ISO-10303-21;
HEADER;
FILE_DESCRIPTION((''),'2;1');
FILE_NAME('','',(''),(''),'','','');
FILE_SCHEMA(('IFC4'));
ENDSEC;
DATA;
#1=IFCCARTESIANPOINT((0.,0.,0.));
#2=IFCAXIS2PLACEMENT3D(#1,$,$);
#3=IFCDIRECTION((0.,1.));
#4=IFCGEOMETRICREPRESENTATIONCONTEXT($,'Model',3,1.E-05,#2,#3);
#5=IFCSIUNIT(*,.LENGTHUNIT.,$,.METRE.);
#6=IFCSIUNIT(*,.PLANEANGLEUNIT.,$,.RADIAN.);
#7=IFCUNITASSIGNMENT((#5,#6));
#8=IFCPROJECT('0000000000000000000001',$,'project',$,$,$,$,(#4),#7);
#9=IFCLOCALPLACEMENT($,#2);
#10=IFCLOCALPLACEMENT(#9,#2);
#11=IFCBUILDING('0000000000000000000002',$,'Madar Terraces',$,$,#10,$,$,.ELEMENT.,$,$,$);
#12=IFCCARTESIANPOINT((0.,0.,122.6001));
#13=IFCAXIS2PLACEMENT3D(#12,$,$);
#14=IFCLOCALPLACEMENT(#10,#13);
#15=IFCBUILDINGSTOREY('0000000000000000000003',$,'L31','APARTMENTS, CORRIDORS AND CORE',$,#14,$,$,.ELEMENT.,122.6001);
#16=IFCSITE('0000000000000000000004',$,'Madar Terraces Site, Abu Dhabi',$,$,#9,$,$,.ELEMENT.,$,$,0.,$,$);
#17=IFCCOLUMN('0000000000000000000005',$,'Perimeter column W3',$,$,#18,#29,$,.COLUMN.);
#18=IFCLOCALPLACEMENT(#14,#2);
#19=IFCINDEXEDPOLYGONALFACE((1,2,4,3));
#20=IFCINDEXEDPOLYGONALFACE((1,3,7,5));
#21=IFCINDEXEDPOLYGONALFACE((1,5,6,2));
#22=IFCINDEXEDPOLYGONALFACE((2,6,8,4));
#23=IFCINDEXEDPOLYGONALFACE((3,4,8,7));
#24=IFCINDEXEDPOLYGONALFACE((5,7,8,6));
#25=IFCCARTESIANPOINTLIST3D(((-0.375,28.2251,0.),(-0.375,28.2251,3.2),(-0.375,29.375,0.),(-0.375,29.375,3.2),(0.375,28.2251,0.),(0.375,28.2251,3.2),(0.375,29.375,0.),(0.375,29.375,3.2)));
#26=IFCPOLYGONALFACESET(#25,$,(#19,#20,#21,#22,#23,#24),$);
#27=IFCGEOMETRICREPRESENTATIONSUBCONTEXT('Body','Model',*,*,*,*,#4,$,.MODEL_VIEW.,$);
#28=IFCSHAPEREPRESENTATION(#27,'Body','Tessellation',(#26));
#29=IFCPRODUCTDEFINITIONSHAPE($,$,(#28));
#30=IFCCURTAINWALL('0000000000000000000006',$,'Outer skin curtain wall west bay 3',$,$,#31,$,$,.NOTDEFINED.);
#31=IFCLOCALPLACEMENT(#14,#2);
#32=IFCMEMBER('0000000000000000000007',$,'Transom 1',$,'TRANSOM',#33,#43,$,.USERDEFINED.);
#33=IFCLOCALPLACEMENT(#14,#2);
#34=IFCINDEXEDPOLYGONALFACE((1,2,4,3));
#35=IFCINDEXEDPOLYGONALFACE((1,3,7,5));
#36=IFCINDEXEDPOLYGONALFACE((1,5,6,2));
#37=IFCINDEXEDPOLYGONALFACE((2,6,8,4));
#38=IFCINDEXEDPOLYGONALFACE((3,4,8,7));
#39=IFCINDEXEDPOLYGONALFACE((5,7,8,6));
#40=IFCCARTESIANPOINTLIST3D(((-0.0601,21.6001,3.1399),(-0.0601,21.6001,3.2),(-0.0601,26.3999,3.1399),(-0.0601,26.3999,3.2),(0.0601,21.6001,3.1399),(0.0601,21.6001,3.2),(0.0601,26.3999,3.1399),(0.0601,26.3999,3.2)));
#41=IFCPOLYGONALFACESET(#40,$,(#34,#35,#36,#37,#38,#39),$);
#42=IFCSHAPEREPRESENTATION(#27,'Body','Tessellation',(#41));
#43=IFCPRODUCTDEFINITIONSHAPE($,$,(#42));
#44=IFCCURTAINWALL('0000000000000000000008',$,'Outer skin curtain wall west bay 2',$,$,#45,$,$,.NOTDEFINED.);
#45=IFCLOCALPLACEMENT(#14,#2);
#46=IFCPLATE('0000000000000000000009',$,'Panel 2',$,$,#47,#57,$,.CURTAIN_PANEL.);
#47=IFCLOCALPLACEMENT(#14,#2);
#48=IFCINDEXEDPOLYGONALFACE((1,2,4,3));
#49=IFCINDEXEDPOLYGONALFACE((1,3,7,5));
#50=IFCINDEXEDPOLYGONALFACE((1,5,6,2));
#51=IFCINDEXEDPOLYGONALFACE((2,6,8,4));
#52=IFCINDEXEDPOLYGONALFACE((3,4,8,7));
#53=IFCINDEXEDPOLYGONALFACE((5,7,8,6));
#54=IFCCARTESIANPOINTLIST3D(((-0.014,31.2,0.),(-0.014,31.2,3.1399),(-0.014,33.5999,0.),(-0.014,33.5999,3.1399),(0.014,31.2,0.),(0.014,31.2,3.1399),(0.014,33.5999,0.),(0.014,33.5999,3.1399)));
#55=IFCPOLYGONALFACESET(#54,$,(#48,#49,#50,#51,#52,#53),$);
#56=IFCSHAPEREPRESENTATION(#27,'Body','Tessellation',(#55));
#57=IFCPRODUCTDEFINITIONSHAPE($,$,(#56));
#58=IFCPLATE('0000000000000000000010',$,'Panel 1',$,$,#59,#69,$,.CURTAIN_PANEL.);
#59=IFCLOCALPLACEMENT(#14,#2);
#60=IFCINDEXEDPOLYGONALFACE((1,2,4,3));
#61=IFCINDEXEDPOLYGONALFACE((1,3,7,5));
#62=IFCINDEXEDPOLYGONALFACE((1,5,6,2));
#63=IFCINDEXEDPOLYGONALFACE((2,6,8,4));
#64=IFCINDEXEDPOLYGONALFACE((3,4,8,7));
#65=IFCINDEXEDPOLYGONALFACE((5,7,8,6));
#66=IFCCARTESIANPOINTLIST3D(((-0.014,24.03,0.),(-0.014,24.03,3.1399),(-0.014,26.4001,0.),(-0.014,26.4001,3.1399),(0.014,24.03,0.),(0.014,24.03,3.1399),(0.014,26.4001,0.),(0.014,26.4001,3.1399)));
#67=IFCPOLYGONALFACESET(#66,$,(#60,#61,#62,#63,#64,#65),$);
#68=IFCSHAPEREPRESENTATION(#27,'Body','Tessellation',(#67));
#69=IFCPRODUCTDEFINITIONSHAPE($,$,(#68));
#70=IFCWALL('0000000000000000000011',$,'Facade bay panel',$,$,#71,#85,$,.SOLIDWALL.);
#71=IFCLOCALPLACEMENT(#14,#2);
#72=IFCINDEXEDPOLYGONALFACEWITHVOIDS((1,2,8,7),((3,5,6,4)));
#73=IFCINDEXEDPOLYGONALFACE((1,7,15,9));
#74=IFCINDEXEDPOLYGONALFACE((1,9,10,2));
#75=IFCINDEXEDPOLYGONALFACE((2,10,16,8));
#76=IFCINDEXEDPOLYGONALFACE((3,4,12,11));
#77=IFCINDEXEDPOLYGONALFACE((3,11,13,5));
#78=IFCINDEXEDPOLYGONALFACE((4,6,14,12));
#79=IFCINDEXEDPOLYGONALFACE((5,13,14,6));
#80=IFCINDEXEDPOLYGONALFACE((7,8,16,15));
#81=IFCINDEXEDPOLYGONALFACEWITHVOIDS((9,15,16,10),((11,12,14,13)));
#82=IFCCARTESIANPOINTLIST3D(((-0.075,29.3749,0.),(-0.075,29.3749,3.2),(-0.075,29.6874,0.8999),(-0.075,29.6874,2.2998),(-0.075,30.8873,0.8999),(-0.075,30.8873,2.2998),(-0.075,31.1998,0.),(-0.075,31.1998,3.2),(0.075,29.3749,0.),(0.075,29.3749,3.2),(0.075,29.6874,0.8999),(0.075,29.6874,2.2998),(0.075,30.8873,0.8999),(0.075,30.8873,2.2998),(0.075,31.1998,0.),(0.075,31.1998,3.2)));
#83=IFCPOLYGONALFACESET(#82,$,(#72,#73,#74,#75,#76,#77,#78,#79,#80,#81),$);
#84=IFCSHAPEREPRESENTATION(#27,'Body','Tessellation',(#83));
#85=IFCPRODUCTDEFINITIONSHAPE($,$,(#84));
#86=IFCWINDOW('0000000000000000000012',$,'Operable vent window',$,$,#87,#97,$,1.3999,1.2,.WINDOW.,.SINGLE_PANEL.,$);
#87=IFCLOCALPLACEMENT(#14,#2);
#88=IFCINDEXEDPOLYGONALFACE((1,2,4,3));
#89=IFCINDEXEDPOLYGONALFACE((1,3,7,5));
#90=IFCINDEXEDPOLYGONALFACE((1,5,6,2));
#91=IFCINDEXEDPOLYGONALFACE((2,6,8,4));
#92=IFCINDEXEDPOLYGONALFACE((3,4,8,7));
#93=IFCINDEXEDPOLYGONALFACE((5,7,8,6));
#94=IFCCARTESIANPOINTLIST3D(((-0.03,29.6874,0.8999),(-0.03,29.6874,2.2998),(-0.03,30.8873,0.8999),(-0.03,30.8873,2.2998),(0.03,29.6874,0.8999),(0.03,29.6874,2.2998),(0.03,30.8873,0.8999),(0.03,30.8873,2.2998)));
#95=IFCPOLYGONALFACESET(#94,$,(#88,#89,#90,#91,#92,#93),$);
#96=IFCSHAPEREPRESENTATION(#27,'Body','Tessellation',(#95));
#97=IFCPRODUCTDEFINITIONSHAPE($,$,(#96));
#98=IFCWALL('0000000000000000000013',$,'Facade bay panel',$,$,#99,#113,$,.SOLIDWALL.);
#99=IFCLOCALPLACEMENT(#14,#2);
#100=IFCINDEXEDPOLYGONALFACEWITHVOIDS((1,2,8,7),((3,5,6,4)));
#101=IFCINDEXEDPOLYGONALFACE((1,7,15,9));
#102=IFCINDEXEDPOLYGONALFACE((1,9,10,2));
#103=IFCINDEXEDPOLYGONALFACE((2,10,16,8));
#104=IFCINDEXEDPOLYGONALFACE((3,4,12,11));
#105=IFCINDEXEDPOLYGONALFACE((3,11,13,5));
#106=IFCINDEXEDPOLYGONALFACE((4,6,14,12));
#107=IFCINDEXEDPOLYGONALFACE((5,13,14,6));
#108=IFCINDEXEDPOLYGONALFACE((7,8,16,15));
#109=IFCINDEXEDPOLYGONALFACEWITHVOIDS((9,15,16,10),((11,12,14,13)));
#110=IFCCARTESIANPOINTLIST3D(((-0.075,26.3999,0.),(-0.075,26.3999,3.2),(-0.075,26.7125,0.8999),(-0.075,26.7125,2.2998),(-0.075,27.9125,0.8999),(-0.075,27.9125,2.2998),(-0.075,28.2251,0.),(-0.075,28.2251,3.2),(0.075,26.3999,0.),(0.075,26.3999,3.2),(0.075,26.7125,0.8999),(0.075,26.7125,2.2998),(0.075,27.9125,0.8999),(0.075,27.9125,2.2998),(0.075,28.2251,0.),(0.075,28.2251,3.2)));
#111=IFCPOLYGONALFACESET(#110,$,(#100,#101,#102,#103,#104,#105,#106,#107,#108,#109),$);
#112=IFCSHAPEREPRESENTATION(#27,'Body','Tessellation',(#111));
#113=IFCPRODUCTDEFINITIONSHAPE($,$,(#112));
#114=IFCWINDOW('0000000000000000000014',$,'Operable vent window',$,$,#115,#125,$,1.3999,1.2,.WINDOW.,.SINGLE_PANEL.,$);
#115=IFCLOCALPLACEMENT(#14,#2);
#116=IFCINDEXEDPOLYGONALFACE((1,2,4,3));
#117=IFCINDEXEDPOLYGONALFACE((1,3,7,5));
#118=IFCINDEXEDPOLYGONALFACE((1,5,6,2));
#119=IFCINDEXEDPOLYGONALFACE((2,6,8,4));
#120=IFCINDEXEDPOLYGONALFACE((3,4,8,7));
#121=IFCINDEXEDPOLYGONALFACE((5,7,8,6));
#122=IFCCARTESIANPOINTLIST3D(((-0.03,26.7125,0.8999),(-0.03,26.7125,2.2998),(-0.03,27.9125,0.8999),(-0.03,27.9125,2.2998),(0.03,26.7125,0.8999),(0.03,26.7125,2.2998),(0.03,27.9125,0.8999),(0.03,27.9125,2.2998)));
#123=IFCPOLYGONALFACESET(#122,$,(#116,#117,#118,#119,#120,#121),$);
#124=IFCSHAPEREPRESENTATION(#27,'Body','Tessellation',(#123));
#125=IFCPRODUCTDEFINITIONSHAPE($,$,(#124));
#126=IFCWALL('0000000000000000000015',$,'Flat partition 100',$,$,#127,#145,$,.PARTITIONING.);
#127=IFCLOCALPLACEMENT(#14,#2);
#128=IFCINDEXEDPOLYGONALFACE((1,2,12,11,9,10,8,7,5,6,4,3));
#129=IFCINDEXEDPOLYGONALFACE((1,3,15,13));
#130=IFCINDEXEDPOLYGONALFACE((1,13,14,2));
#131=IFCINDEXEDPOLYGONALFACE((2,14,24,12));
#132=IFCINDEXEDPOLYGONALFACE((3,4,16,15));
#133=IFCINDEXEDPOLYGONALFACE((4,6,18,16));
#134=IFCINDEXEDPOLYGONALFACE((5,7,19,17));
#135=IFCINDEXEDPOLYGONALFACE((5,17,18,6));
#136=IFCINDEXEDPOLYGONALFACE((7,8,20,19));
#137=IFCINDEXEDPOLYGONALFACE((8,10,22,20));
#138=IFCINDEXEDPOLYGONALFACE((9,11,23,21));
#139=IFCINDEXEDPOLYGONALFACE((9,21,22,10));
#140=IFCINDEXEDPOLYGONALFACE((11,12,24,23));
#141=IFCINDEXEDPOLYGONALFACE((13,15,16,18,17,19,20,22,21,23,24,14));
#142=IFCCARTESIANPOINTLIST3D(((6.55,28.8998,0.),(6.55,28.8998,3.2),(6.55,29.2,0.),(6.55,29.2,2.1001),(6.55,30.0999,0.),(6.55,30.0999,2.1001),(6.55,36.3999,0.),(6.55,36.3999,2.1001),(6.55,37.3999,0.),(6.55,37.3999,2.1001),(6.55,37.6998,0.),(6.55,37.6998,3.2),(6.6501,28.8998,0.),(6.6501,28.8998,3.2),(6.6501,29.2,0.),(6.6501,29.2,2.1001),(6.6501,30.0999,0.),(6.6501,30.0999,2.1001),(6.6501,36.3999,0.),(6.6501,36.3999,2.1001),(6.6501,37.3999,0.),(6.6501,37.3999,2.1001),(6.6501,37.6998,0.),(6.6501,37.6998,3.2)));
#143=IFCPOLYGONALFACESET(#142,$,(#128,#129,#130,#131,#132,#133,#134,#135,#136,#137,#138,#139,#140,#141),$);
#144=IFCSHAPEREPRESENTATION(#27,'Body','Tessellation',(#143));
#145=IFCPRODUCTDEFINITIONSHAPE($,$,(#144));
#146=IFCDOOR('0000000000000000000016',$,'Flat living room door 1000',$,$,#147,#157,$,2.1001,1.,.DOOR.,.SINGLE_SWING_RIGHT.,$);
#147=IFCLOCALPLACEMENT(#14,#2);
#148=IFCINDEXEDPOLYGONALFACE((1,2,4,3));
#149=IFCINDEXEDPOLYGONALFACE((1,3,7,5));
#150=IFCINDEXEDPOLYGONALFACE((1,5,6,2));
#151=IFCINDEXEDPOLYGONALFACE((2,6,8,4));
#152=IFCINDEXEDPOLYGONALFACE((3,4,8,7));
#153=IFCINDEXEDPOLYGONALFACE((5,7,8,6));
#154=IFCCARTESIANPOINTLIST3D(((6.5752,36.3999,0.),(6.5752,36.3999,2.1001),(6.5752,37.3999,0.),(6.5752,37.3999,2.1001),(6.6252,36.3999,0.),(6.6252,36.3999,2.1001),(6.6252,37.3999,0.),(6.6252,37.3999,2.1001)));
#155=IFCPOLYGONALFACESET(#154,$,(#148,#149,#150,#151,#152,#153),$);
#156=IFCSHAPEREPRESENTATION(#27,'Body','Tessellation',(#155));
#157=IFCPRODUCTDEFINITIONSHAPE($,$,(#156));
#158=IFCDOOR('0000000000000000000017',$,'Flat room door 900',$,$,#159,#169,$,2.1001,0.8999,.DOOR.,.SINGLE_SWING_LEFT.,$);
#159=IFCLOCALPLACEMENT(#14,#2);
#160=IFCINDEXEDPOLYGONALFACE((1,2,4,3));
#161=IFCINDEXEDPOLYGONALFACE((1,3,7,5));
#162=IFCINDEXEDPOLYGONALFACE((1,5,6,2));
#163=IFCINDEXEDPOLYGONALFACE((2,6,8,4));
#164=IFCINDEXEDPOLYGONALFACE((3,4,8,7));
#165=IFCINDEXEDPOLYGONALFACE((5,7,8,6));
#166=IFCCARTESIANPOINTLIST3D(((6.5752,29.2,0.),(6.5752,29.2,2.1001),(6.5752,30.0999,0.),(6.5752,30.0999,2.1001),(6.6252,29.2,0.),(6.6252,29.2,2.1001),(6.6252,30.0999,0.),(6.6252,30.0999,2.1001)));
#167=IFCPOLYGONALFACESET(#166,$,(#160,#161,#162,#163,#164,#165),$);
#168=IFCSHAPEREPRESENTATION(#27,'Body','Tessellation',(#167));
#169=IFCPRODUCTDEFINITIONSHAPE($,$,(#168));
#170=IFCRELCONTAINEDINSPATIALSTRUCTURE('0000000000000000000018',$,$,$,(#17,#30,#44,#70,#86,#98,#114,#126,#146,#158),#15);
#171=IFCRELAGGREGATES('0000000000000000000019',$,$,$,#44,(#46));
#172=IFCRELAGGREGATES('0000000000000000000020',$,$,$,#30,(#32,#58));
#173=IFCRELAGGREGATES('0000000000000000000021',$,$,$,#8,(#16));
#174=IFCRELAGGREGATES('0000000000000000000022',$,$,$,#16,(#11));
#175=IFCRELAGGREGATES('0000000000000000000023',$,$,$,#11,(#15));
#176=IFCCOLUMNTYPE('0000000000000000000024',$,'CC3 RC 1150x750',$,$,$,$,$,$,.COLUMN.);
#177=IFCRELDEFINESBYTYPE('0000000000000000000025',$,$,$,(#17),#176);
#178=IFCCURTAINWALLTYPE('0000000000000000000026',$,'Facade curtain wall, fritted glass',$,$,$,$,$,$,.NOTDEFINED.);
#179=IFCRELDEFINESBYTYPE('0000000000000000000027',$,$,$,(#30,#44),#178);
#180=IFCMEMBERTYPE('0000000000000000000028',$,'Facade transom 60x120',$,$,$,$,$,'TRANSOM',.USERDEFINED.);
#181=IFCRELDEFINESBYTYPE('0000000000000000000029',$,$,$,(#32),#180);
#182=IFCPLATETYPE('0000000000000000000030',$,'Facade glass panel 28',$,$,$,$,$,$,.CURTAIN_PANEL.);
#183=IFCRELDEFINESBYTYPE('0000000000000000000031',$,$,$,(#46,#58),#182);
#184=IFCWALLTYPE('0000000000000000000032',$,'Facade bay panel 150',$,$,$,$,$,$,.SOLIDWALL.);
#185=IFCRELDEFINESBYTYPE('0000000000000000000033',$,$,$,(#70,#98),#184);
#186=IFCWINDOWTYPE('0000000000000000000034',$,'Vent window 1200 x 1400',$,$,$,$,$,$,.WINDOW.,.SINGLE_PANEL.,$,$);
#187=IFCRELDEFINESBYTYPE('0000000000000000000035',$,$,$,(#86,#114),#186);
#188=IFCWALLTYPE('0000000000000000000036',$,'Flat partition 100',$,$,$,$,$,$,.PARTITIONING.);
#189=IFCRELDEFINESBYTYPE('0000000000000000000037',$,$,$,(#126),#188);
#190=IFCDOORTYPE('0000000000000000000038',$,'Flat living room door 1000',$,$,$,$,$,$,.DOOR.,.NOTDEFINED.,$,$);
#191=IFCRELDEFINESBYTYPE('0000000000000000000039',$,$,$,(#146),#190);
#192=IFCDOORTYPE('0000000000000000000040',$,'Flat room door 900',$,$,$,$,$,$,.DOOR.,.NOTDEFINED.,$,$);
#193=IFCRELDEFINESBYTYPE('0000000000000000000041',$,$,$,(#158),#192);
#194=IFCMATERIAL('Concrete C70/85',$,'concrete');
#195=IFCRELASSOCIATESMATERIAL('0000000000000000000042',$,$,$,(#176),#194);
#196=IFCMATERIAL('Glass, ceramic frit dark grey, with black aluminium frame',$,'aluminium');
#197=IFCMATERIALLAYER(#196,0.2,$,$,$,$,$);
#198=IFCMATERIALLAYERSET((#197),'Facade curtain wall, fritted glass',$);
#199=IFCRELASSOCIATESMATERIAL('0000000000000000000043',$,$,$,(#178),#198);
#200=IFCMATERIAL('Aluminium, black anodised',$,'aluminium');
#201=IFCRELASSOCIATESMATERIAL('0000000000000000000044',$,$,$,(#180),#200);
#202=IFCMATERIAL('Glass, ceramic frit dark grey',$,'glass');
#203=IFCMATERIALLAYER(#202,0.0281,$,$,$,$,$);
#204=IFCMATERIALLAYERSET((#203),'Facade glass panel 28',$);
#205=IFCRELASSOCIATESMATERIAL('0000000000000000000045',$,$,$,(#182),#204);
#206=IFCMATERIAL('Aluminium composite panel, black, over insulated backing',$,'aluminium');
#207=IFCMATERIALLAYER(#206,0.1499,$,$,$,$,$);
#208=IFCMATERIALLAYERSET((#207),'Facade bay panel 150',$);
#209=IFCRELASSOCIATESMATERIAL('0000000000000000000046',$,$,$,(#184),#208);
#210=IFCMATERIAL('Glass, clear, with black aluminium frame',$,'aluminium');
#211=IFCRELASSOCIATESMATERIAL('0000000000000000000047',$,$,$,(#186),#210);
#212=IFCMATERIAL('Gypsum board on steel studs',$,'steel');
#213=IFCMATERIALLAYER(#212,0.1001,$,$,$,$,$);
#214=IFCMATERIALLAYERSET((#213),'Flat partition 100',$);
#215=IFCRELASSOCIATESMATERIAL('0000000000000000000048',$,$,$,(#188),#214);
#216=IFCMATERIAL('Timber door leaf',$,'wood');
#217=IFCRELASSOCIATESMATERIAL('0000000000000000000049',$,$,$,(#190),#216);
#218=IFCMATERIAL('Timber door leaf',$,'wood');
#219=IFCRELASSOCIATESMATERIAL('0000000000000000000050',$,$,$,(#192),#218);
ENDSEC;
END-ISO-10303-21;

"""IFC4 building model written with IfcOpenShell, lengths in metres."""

from ifc_helpers import new_model, si_unit, direction, frame, frame_2d, origin, origin_2d, place, context, subcontext, project, spatial, rectangle, extrude, material, layer, layer_set, material_profile, profile_set, type_object, element, fill, aggregate, save


model = new_model("IFC4")

# Units and contexts
model_context = context("Model", 3, precision=1e-05, world=origin(), true_north=direction((0.0, 1.0)))
body_context = subcontext(model_context, "Body", "Model", "MODEL_VIEW")
ifc_project = project(units=[si_unit("LENGTHUNIT", "METRE"), si_unit("PLANEANGLEUNIT", "RADIAN")], contexts=[model_context])

# Site, building, storey
site_placement = place(None, origin())
site = spatial("IfcSite", under=ifc_project, at=site_placement, Name="Madar Terraces Site, Abu Dhabi", CompositionType="ELEMENT", RefElevation=0.0)
building_placement = place(site_placement, origin())
building = spatial("IfcBuilding", under=site, at=building_placement, Name="Madar Terraces", CompositionType="ELEMENT")
storey_placement = place(building_placement, frame((0.0, 0.0, 122.6001)))
storey = spatial("IfcBuildingStorey", under=building, at=storey_placement, Name="L31", Description="APARTMENTS, CORRIDORS AND CORE", CompositionType="ELEMENT", Elevation=122.6001)

# Column
ifc_material_1 = material(Name="Concrete C70/85", Category="concrete")
ifc_material_profile_1 = material_profile(ifc_material_1, rectangle(XDim=1.1499, YDim=0.75, at=origin_2d()), Name="CC3 RC 1150x750")
ifc_profile_set_1 = profile_set([ifc_material_profile_1], Name="Concrete C70/85")
column_type = type_object("IfcColumnType", Name="CC3 RC 1150x750", PredefinedType="COLUMN", material=ifc_profile_set_1)
column_placement = place(storey_placement, frame((0.0, 28.8, 0.0), z_axis=(0.0, 0.0, 1.0), x_axis=(0.0, 1.0, 0.0)))
element("IfcColumn", 1, at=column_placement, inside=storey, type_object=column_type, Name="Perimeter column W3", PredefinedType="COLUMN", context=body_context, shape_type="SweptSolid", body=[
    extrude(rectangle(XDim=1.1499, YDim=0.75, at=origin_2d()), origin(), (0.0, 0.0, 1.0), 3.2),
])

# Curtain wall, member
ifc_material_2 = material(Name="Glass, ceramic frit dark grey, with black aluminium frame", Category="aluminium")
ifc_layer_1 = layer(ifc_material_2, 0.2)
ifc_layer_set_1 = layer_set([ifc_layer_1], Name="Facade curtain wall, fritted glass")
curtain_wall_type = type_object("IfcCurtainWallType", Name="Facade curtain wall, fritted glass", PredefinedType="NOTDEFINED", material=ifc_layer_set_1)
curtain_wall_1_placement = place(storey_placement, origin())
curtain_wall_1 = element("IfcCurtainWall", 2, at=curtain_wall_1_placement, inside=storey, type_object=curtain_wall_type, Name="Outer skin curtain wall west bay 3", PredefinedType="NOTDEFINED")
ifc_material_3 = material(Name="Aluminium, black anodised", Category="aluminium")
ifc_material_profile_2 = material_profile(ifc_material_3, rectangle(XDim=0.1201, YDim=0.0601, at=origin_2d()), Name="Facade transom 60x120")
ifc_profile_set_2 = profile_set([ifc_material_profile_2], Name="Aluminium, black anodised")
member_type = type_object("IfcMemberType", Name="Facade transom 60x120", ElementType="TRANSOM", PredefinedType="USERDEFINED", material=ifc_profile_set_2)
member_placement = place(storey_placement, frame((0.0, 26.3999, 3.1699), z_axis=(0.0, -1.0, 0.0), x_axis=(1.0, 0.0, 0.0)))
member = element("IfcMember", 3, at=member_placement, type_object=member_type, Name="Transom 1", ObjectType="TRANSOM", PredefinedType="USERDEFINED", context=body_context, shape_type="SweptSolid", body=[
    extrude(rectangle(XDim=0.1201, YDim=0.0601, at=origin_2d()), origin(), (0.0, 0.0, 1.0), 4.7998),
])

# Curtain wall, plate
curtain_wall_2_placement = place(storey_placement, origin())
curtain_wall_2 = element("IfcCurtainWall", 4, at=curtain_wall_2_placement, inside=storey, type_object=curtain_wall_type, Name="Outer skin curtain wall west bay 2", PredefinedType="NOTDEFINED")
ifc_material_4 = material(Name="Glass, ceramic frit dark grey", Category="glass")
ifc_layer_2 = layer(ifc_material_4, 0.0281)
ifc_layer_set_2 = layer_set([ifc_layer_2], Name="Facade glass panel 28")
plate_type = type_object("IfcPlateType", Name="Facade glass panel 28", PredefinedType="CURTAIN_PANEL", material=ifc_layer_set_2)
plate_1_placement = place(storey_placement, frame((0.0, 32.3999, 0.0), z_axis=(0.0, 0.0, 1.0), x_axis=(0.0, -1.0, 0.0)))
plate_1 = element("IfcPlate", 5, at=plate_1_placement, type_object=plate_type, Name="Panel 2", PredefinedType="CURTAIN_PANEL", context=body_context, shape_type="SweptSolid", body=[
    extrude(rectangle(XDim=2.3999, YDim=0.0281, at=origin_2d()), origin(), (0.0, 0.0, 1.0), 3.1399),
])
aggregate(curtain_wall_2, [plate_1])

# Plate
plate_2_placement = place(storey_placement, frame((0.0, 25.2151, 0.0), z_axis=(0.0, 0.0, 1.0), x_axis=(0.0, -1.0, 0.0)))
plate_2 = element("IfcPlate", 6, at=plate_2_placement, type_object=plate_type, Name="Panel 1", PredefinedType="CURTAIN_PANEL", context=body_context, shape_type="SweptSolid", body=[
    extrude(rectangle(XDim=2.3701, YDim=0.0281, at=origin_2d()), origin(), (0.0, 0.0, 1.0), 3.1399),
])
aggregate(curtain_wall_1, [member, plate_2])

# Walls, openings, windows
ifc_material_5 = material(Name="Aluminium composite panel, black, over insulated backing", Category="aluminium")
ifc_layer_3 = layer(ifc_material_5, 0.1499)
ifc_layer_set_3 = layer_set([ifc_layer_3], Name="Facade bay panel 150")
wall_type_1 = type_object("IfcWallType", Name="Facade bay panel 150", PredefinedType="SOLIDWALL", material=ifc_layer_set_3)
wall_1_placement = place(storey_placement, frame((0.0, 31.2, 0.0), z_axis=(0.0, 0.0, 1.0), x_axis=(0.0, -1.0, 0.0)))
wall_1 = element("IfcWall", 7, at=wall_1_placement, inside=storey, type_object=wall_type_1, Name="Facade bay panel", PredefinedType="SOLIDWALL", context=body_context, shape_type="SweptSolid", body=[
    extrude(rectangle(XDim=1.825, YDim=0.1499, at=frame_2d((0.9126, 0.0))), origin(), (0.0, 0.0, 1.0), 3.2),
])
opening_1_placement = place(wall_1_placement, frame((0.3125, 0.0, 0.8999)))
opening_1 = element("IfcOpeningElement", 8, at=opening_1_placement, cuts=wall_1, PredefinedType="OPENING", context=body_context, shape_type="SweptSolid", body=[
    extrude(rectangle(XDim=1.2, YDim=1.3999, at=frame_2d((0.6001, 0.7))), frame((0.0, 0.085, 0.0), z_axis=(0.0, -1.0, 0.0), x_axis=(1.0, 0.0, 0.0)), (0.0, 0.0, 1.0), 0.1699),
])
ifc_material_6 = material(Name="Glass, clear, with black aluminium frame", Category="aluminium")
window_type = type_object("IfcWindowType", Name="Vent window 1200 x 1400", PartitioningType="SINGLE_PANEL", PredefinedType="WINDOW", material=ifc_material_6)
window_1_placement = place(opening_1_placement, origin())
window_1 = element("IfcWindow", 9, at=window_1_placement, inside=storey, type_object=window_type, Name="Operable vent window", OverallHeight=1.3999, OverallWidth=1.2, PartitioningType="SINGLE_PANEL", PredefinedType="WINDOW", context=body_context, shape_type="SweptSolid", body=[
    extrude(rectangle(XDim=1.2, YDim=1.3999, at=frame_2d((0.6001, 0.7))), frame((0.0, 0.03, 0.0), z_axis=(0.0, -1.0, 0.0), x_axis=(1.0, 0.0, 0.0)), (0.0, 0.0, 1.0), 0.0601),
])
fill(opening_1, window_1)
wall_2_placement = place(storey_placement, frame((0.0, 28.2251, 0.0), z_axis=(0.0, 0.0, 1.0), x_axis=(0.0, -1.0, 0.0)))
wall_2 = element("IfcWall", 10, at=wall_2_placement, inside=storey, type_object=wall_type_1, Name="Facade bay panel", PredefinedType="SOLIDWALL", context=body_context, shape_type="SweptSolid", body=[
    extrude(rectangle(XDim=1.8252, YDim=0.1499, at=frame_2d((0.9126, 0.0))), origin(), (0.0, 0.0, 1.0), 3.2),
])
opening_2_placement = place(wall_2_placement, frame((0.3125, 0.0, 0.8999)))
opening_2 = element("IfcOpeningElement", 11, at=opening_2_placement, cuts=wall_2, PredefinedType="OPENING", context=body_context, shape_type="SweptSolid", body=[
    extrude(rectangle(XDim=1.2, YDim=1.3999, at=frame_2d((0.6001, 0.7))), frame((0.0, 0.085, 0.0), z_axis=(0.0, -1.0, 0.0), x_axis=(1.0, 0.0, 0.0)), (0.0, 0.0, 1.0), 0.1699),
])
window_2_placement = place(opening_2_placement, origin())
window_2 = element("IfcWindow", 12, at=window_2_placement, inside=storey, type_object=window_type, Name="Operable vent window", OverallHeight=1.3999, OverallWidth=1.2, PartitioningType="SINGLE_PANEL", PredefinedType="WINDOW", context=body_context, shape_type="SweptSolid", body=[
    extrude(rectangle(XDim=1.2, YDim=1.3999, at=frame_2d((0.6001, 0.7))), frame((0.0, 0.03, 0.0), z_axis=(0.0, -1.0, 0.0), x_axis=(1.0, 0.0, 0.0)), (0.0, 0.0, 1.0), 0.0601),
])
fill(opening_2, window_2)

# Wall, openings, doors
ifc_material_7 = material(Name="Gypsum board on steel studs", Category="steel")
ifc_layer_4 = layer(ifc_material_7, 0.1001)
ifc_layer_set_4 = layer_set([ifc_layer_4], Name="Flat partition 100")
wall_type_2 = type_object("IfcWallType", Name="Flat partition 100", PredefinedType="PARTITIONING", material=ifc_layer_set_4)
wall_3_placement = place(storey_placement, frame((6.6001, 28.8999, 0.0), z_axis=(0.0, 0.0, 1.0), x_axis=(0.0, 1.0, 0.0)))
wall_3 = element("IfcWall", 13, at=wall_3_placement, inside=storey, type_object=wall_type_2, Name="Flat partition 100", PredefinedType="PARTITIONING", context=body_context, shape_type="SweptSolid", body=[
    extrude(rectangle(XDim=8.8, YDim=0.1001, at=frame_2d((4.3999, 0.0))), origin(), (0.0, 0.0, 1.0), 3.2),
])
opening_3_placement = place(wall_3_placement, frame((7.5, 0.0, 0.0)))
opening_3 = element("IfcOpeningElement", 14, at=opening_3_placement, cuts=wall_3, PredefinedType="OPENING", context=body_context, shape_type="SweptSolid", body=[
    extrude(rectangle(XDim=1.0, YDim=2.1001, at=frame_2d((0.5, 1.05))), frame((0.0, 0.0601, 0.0), z_axis=(0.0, -1.0, 0.0), x_axis=(1.0, 0.0, 0.0)), (0.0, 0.0, 1.0), 0.1201),
])
opening_4_placement = place(wall_3_placement, frame((0.3, 0.0, 0.0)))
opening_4 = element("IfcOpeningElement", 15, at=opening_4_placement, cuts=wall_3, PredefinedType="OPENING", context=body_context, shape_type="SweptSolid", body=[
    extrude(rectangle(XDim=0.8999, YDim=2.1001, at=frame_2d((0.45, 1.05))), frame((0.0, 0.0601, 0.0), z_axis=(0.0, -1.0, 0.0), x_axis=(1.0, 0.0, 0.0)), (0.0, 0.0, 1.0), 0.1201),
])
ifc_material_8 = material(Name="Timber door leaf", Category="wood")
door_type_1 = type_object("IfcDoorType", Name="Flat living room door 1000", OperationType="NOTDEFINED", PredefinedType="DOOR", material=ifc_material_8)
door_1_placement = place(opening_3_placement, origin())
door_1 = element("IfcDoor", 16, at=door_1_placement, inside=storey, type_object=door_type_1, Name="Flat living room door 1000", OperationType="SINGLE_SWING_RIGHT", OverallHeight=2.1001, OverallWidth=1.0, PredefinedType="DOOR", context=body_context, shape_type="SweptSolid", body=[
    extrude(rectangle(XDim=1.0, YDim=2.1001, at=frame_2d((0.5, 1.05))), frame((0.0, 0.0249, 0.0), z_axis=(0.0, -1.0, 0.0), x_axis=(1.0, 0.0, 0.0)), (0.0, 0.0, 1.0), 0.05),
])
fill(opening_3, door_1)
ifc_material_9 = material(Name="Timber door leaf", Category="wood")
door_type_2 = type_object("IfcDoorType", Name="Flat room door 900", OperationType="NOTDEFINED", PredefinedType="DOOR", material=ifc_material_9)
door_2_placement = place(opening_4_placement, origin())
door_2 = element("IfcDoor", 17, at=door_2_placement, inside=storey, type_object=door_type_2, Name="Flat room door 900", OperationType="SINGLE_SWING_LEFT", OverallHeight=2.1001, OverallWidth=0.8999, PredefinedType="DOOR", context=body_context, shape_type="SweptSolid", body=[
    extrude(rectangle(XDim=0.8999, YDim=2.1001, at=frame_2d((0.45, 1.05))), frame((0.0, 0.0249, 0.0), z_axis=(0.0, -1.0, 0.0), x_axis=(1.0, 0.0, 0.0)), (0.0, 0.0, 1.0), 0.05),
])
fill(opening_4, door_2)

save(model, "model.ifc")
